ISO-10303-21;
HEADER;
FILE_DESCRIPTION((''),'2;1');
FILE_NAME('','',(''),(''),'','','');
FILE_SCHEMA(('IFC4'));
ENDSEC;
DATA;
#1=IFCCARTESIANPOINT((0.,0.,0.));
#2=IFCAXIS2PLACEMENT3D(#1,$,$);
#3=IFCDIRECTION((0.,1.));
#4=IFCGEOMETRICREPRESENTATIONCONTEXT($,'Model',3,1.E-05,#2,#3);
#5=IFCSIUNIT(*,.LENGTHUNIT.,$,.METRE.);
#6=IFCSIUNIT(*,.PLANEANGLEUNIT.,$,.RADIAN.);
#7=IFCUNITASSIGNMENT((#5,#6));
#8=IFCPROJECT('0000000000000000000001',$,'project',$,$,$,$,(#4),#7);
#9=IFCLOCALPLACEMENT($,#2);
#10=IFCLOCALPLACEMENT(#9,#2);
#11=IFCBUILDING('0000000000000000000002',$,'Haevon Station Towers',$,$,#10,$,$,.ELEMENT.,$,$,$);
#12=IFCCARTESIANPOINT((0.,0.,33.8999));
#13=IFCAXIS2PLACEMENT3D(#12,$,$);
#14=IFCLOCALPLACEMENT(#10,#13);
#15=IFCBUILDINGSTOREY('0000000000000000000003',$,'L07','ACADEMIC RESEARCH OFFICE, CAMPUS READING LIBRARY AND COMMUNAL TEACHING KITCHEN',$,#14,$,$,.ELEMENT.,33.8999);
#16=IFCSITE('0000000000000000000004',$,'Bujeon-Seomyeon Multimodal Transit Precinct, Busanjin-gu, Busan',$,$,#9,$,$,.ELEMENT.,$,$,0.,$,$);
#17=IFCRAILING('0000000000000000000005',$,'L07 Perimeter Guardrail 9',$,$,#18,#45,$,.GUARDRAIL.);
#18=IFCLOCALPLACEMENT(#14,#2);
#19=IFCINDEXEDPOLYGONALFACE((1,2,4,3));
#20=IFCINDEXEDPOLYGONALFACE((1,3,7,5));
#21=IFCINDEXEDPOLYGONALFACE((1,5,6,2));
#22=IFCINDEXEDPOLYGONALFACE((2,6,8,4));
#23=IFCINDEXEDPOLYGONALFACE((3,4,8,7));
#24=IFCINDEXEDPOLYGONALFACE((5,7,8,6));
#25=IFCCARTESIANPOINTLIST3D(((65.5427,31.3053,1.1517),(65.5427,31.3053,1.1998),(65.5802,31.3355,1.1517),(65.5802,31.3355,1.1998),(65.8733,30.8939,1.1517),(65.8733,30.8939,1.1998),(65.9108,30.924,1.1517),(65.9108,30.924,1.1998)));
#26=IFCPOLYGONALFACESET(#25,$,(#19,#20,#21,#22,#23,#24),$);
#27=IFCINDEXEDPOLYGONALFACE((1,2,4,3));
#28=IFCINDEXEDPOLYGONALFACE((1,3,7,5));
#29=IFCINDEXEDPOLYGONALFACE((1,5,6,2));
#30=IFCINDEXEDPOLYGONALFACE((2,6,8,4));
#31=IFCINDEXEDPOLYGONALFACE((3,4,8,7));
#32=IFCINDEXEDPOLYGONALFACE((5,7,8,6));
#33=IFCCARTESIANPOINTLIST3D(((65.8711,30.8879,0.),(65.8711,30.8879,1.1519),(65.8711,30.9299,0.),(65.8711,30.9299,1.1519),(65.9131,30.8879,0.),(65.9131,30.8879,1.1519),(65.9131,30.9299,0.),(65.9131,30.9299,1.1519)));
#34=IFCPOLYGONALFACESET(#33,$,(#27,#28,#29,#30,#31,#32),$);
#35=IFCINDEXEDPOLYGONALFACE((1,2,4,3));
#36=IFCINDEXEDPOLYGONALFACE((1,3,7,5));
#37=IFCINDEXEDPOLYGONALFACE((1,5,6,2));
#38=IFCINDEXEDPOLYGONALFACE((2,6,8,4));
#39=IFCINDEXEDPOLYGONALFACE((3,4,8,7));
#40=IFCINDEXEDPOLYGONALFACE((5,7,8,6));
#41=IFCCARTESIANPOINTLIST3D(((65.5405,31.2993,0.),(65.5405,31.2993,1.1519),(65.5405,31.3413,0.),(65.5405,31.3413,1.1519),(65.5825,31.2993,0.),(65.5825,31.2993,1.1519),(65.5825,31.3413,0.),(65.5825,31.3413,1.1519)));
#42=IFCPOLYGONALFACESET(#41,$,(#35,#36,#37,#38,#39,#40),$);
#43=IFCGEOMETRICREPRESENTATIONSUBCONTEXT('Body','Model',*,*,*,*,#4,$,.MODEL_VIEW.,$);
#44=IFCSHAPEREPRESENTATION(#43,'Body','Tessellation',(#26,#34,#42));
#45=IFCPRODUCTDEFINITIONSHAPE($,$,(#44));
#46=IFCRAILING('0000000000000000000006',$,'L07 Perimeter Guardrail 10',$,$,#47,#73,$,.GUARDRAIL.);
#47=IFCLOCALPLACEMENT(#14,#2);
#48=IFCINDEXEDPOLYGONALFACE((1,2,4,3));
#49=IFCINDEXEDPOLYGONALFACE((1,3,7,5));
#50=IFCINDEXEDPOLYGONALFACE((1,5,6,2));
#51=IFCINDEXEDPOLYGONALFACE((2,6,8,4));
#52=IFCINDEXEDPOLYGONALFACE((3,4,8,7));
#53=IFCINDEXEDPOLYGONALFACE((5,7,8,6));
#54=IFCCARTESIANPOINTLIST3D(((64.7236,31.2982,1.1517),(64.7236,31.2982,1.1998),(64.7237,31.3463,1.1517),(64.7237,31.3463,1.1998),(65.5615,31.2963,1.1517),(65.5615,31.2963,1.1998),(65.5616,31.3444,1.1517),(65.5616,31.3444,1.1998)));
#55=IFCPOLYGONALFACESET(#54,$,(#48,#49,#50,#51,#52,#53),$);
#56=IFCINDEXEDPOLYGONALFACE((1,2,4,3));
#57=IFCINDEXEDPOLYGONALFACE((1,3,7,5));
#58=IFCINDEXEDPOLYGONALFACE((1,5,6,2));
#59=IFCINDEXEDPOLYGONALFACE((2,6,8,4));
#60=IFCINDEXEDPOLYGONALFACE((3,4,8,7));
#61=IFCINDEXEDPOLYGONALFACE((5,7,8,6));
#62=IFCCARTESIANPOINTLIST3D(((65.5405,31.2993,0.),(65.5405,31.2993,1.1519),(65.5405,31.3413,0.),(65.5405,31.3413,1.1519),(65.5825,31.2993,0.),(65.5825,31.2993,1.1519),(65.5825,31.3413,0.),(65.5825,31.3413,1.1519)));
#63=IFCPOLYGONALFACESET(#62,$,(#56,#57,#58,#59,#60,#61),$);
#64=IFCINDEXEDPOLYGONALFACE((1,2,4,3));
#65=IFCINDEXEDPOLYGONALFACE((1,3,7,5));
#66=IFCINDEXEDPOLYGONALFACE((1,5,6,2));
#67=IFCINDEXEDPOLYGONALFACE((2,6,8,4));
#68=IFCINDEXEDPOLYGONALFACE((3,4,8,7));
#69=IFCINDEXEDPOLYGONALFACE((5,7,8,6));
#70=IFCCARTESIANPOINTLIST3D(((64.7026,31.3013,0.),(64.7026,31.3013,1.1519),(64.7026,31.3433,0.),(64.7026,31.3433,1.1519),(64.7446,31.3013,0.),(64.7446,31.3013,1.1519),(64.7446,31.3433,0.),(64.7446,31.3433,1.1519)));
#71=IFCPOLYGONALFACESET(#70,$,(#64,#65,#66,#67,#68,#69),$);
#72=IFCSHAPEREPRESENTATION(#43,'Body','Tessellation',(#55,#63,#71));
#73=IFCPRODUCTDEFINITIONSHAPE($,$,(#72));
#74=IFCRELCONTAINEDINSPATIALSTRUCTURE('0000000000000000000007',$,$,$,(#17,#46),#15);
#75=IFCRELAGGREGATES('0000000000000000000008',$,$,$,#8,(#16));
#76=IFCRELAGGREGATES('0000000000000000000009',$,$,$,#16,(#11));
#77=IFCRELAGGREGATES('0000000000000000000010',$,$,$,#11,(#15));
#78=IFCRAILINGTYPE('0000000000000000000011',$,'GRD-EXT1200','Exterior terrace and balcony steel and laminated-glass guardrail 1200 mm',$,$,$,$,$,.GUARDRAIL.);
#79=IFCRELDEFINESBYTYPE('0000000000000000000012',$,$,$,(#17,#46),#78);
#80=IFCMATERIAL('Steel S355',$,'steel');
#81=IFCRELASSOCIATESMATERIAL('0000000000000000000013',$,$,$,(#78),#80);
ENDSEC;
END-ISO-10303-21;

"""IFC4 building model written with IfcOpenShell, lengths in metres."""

from ifc_helpers import new_model, si_unit, direction, frame, origin, origin_2d, place, context, subcontext, project, spatial, rectangle, extrude, material, type_object, element, save


model = new_model("IFC4")

# Units and contexts
model_context = context("Model", 3, precision=1e-05, world=origin(), true_north=direction((0.0, 1.0)))
body_context = subcontext(model_context, "Body", "Model", "MODEL_VIEW")
ifc_project = project(units=[si_unit("LENGTHUNIT", "METRE"), si_unit("PLANEANGLEUNIT", "RADIAN")], contexts=[model_context])

# Site, building, storey
site_placement = place(None, origin())
site = spatial("IfcSite", under=ifc_project, at=site_placement, Name="Bujeon-Seomyeon Multimodal Transit Precinct, Busanjin-gu, Busan", CompositionType="ELEMENT", RefElevation=0.0)
building_placement = place(site_placement, origin())
building = spatial("IfcBuilding", under=site, at=building_placement, Name="Haevon Station Towers", CompositionType="ELEMENT")
storey_placement = place(building_placement, frame((0.0, 0.0, 33.8999)))
storey = spatial("IfcBuildingStorey", under=building, at=storey_placement, Name="L07", Description="ACADEMIC RESEARCH OFFICE, CAMPUS READING LIBRARY AND COMMUNAL TEACHING KITCHEN", CompositionType="ELEMENT", Elevation=33.8999)

# Shared definitions
ifc_material_1 = material(Name="Steel S355", Category="steel")

# Railings
railing_type = type_object("IfcRailingType", Name="GRD-EXT1200", Description="Exterior terrace and balcony steel and laminated-glass guardrail 1200 mm", PredefinedType="GUARDRAIL", material=ifc_material_1)
railing_1_placement = place(storey_placement, frame((65.8921, 30.9089, 0.0)))
element("IfcRailing", 1, at=railing_1_placement, inside=storey, type_object=railing_type, Name="L07 Perimeter Guardrail 9", PredefinedType="GUARDRAIL", context=body_context, shape_type="SweptSolid", body=[
    extrude(rectangle(XDim=0.0481, YDim=0.0481, at=origin_2d()), frame((0.0, 0.0, 1.1758), z_axis=(-0.626386, 0.779513, 0.0), x_axis=(-0.779513, -0.626386, 0.0)), (0.0, 0.0, 1.0), 0.5278),
    extrude(rectangle(XDim=0.042, YDim=0.042, at=origin_2d()), origin(), (0.0, 0.0, 1.0), 1.1519),
    extrude(rectangle(XDim=0.042, YDim=0.042, at=origin_2d()), frame((-0.3306, 0.4114, 0.0)), (0.0, 0.0, 1.0), 1.1519),
])
railing_2_placement = place(storey_placement, frame((65.5615, 31.3203, 0.0)))
element("IfcRailing", 2, at=railing_2_placement, inside=storey, type_object=railing_type, Name="L07 Perimeter Guardrail 10", PredefinedType="GUARDRAIL", context=body_context, shape_type="SweptSolid", body=[
    extrude(rectangle(XDim=0.0481, YDim=0.0481, at=origin_2d()), frame((0.0, 0.0, 1.1758), z_axis=(-0.999997, 0.002331, 0.0), x_axis=(-0.002331, -0.999997, 0.0)), (0.0, 0.0, 1.0), 0.8379),
    extrude(rectangle(XDim=0.042, YDim=0.042, at=origin_2d()), origin(), (0.0, 0.0, 1.0), 1.1519),
    extrude(rectangle(XDim=0.042, YDim=0.042, at=origin_2d()), frame((-0.8379, 0.002, 0.0)), (0.0, 0.0, 1.0), 1.1519),
])

save(model, "model.ifc")
